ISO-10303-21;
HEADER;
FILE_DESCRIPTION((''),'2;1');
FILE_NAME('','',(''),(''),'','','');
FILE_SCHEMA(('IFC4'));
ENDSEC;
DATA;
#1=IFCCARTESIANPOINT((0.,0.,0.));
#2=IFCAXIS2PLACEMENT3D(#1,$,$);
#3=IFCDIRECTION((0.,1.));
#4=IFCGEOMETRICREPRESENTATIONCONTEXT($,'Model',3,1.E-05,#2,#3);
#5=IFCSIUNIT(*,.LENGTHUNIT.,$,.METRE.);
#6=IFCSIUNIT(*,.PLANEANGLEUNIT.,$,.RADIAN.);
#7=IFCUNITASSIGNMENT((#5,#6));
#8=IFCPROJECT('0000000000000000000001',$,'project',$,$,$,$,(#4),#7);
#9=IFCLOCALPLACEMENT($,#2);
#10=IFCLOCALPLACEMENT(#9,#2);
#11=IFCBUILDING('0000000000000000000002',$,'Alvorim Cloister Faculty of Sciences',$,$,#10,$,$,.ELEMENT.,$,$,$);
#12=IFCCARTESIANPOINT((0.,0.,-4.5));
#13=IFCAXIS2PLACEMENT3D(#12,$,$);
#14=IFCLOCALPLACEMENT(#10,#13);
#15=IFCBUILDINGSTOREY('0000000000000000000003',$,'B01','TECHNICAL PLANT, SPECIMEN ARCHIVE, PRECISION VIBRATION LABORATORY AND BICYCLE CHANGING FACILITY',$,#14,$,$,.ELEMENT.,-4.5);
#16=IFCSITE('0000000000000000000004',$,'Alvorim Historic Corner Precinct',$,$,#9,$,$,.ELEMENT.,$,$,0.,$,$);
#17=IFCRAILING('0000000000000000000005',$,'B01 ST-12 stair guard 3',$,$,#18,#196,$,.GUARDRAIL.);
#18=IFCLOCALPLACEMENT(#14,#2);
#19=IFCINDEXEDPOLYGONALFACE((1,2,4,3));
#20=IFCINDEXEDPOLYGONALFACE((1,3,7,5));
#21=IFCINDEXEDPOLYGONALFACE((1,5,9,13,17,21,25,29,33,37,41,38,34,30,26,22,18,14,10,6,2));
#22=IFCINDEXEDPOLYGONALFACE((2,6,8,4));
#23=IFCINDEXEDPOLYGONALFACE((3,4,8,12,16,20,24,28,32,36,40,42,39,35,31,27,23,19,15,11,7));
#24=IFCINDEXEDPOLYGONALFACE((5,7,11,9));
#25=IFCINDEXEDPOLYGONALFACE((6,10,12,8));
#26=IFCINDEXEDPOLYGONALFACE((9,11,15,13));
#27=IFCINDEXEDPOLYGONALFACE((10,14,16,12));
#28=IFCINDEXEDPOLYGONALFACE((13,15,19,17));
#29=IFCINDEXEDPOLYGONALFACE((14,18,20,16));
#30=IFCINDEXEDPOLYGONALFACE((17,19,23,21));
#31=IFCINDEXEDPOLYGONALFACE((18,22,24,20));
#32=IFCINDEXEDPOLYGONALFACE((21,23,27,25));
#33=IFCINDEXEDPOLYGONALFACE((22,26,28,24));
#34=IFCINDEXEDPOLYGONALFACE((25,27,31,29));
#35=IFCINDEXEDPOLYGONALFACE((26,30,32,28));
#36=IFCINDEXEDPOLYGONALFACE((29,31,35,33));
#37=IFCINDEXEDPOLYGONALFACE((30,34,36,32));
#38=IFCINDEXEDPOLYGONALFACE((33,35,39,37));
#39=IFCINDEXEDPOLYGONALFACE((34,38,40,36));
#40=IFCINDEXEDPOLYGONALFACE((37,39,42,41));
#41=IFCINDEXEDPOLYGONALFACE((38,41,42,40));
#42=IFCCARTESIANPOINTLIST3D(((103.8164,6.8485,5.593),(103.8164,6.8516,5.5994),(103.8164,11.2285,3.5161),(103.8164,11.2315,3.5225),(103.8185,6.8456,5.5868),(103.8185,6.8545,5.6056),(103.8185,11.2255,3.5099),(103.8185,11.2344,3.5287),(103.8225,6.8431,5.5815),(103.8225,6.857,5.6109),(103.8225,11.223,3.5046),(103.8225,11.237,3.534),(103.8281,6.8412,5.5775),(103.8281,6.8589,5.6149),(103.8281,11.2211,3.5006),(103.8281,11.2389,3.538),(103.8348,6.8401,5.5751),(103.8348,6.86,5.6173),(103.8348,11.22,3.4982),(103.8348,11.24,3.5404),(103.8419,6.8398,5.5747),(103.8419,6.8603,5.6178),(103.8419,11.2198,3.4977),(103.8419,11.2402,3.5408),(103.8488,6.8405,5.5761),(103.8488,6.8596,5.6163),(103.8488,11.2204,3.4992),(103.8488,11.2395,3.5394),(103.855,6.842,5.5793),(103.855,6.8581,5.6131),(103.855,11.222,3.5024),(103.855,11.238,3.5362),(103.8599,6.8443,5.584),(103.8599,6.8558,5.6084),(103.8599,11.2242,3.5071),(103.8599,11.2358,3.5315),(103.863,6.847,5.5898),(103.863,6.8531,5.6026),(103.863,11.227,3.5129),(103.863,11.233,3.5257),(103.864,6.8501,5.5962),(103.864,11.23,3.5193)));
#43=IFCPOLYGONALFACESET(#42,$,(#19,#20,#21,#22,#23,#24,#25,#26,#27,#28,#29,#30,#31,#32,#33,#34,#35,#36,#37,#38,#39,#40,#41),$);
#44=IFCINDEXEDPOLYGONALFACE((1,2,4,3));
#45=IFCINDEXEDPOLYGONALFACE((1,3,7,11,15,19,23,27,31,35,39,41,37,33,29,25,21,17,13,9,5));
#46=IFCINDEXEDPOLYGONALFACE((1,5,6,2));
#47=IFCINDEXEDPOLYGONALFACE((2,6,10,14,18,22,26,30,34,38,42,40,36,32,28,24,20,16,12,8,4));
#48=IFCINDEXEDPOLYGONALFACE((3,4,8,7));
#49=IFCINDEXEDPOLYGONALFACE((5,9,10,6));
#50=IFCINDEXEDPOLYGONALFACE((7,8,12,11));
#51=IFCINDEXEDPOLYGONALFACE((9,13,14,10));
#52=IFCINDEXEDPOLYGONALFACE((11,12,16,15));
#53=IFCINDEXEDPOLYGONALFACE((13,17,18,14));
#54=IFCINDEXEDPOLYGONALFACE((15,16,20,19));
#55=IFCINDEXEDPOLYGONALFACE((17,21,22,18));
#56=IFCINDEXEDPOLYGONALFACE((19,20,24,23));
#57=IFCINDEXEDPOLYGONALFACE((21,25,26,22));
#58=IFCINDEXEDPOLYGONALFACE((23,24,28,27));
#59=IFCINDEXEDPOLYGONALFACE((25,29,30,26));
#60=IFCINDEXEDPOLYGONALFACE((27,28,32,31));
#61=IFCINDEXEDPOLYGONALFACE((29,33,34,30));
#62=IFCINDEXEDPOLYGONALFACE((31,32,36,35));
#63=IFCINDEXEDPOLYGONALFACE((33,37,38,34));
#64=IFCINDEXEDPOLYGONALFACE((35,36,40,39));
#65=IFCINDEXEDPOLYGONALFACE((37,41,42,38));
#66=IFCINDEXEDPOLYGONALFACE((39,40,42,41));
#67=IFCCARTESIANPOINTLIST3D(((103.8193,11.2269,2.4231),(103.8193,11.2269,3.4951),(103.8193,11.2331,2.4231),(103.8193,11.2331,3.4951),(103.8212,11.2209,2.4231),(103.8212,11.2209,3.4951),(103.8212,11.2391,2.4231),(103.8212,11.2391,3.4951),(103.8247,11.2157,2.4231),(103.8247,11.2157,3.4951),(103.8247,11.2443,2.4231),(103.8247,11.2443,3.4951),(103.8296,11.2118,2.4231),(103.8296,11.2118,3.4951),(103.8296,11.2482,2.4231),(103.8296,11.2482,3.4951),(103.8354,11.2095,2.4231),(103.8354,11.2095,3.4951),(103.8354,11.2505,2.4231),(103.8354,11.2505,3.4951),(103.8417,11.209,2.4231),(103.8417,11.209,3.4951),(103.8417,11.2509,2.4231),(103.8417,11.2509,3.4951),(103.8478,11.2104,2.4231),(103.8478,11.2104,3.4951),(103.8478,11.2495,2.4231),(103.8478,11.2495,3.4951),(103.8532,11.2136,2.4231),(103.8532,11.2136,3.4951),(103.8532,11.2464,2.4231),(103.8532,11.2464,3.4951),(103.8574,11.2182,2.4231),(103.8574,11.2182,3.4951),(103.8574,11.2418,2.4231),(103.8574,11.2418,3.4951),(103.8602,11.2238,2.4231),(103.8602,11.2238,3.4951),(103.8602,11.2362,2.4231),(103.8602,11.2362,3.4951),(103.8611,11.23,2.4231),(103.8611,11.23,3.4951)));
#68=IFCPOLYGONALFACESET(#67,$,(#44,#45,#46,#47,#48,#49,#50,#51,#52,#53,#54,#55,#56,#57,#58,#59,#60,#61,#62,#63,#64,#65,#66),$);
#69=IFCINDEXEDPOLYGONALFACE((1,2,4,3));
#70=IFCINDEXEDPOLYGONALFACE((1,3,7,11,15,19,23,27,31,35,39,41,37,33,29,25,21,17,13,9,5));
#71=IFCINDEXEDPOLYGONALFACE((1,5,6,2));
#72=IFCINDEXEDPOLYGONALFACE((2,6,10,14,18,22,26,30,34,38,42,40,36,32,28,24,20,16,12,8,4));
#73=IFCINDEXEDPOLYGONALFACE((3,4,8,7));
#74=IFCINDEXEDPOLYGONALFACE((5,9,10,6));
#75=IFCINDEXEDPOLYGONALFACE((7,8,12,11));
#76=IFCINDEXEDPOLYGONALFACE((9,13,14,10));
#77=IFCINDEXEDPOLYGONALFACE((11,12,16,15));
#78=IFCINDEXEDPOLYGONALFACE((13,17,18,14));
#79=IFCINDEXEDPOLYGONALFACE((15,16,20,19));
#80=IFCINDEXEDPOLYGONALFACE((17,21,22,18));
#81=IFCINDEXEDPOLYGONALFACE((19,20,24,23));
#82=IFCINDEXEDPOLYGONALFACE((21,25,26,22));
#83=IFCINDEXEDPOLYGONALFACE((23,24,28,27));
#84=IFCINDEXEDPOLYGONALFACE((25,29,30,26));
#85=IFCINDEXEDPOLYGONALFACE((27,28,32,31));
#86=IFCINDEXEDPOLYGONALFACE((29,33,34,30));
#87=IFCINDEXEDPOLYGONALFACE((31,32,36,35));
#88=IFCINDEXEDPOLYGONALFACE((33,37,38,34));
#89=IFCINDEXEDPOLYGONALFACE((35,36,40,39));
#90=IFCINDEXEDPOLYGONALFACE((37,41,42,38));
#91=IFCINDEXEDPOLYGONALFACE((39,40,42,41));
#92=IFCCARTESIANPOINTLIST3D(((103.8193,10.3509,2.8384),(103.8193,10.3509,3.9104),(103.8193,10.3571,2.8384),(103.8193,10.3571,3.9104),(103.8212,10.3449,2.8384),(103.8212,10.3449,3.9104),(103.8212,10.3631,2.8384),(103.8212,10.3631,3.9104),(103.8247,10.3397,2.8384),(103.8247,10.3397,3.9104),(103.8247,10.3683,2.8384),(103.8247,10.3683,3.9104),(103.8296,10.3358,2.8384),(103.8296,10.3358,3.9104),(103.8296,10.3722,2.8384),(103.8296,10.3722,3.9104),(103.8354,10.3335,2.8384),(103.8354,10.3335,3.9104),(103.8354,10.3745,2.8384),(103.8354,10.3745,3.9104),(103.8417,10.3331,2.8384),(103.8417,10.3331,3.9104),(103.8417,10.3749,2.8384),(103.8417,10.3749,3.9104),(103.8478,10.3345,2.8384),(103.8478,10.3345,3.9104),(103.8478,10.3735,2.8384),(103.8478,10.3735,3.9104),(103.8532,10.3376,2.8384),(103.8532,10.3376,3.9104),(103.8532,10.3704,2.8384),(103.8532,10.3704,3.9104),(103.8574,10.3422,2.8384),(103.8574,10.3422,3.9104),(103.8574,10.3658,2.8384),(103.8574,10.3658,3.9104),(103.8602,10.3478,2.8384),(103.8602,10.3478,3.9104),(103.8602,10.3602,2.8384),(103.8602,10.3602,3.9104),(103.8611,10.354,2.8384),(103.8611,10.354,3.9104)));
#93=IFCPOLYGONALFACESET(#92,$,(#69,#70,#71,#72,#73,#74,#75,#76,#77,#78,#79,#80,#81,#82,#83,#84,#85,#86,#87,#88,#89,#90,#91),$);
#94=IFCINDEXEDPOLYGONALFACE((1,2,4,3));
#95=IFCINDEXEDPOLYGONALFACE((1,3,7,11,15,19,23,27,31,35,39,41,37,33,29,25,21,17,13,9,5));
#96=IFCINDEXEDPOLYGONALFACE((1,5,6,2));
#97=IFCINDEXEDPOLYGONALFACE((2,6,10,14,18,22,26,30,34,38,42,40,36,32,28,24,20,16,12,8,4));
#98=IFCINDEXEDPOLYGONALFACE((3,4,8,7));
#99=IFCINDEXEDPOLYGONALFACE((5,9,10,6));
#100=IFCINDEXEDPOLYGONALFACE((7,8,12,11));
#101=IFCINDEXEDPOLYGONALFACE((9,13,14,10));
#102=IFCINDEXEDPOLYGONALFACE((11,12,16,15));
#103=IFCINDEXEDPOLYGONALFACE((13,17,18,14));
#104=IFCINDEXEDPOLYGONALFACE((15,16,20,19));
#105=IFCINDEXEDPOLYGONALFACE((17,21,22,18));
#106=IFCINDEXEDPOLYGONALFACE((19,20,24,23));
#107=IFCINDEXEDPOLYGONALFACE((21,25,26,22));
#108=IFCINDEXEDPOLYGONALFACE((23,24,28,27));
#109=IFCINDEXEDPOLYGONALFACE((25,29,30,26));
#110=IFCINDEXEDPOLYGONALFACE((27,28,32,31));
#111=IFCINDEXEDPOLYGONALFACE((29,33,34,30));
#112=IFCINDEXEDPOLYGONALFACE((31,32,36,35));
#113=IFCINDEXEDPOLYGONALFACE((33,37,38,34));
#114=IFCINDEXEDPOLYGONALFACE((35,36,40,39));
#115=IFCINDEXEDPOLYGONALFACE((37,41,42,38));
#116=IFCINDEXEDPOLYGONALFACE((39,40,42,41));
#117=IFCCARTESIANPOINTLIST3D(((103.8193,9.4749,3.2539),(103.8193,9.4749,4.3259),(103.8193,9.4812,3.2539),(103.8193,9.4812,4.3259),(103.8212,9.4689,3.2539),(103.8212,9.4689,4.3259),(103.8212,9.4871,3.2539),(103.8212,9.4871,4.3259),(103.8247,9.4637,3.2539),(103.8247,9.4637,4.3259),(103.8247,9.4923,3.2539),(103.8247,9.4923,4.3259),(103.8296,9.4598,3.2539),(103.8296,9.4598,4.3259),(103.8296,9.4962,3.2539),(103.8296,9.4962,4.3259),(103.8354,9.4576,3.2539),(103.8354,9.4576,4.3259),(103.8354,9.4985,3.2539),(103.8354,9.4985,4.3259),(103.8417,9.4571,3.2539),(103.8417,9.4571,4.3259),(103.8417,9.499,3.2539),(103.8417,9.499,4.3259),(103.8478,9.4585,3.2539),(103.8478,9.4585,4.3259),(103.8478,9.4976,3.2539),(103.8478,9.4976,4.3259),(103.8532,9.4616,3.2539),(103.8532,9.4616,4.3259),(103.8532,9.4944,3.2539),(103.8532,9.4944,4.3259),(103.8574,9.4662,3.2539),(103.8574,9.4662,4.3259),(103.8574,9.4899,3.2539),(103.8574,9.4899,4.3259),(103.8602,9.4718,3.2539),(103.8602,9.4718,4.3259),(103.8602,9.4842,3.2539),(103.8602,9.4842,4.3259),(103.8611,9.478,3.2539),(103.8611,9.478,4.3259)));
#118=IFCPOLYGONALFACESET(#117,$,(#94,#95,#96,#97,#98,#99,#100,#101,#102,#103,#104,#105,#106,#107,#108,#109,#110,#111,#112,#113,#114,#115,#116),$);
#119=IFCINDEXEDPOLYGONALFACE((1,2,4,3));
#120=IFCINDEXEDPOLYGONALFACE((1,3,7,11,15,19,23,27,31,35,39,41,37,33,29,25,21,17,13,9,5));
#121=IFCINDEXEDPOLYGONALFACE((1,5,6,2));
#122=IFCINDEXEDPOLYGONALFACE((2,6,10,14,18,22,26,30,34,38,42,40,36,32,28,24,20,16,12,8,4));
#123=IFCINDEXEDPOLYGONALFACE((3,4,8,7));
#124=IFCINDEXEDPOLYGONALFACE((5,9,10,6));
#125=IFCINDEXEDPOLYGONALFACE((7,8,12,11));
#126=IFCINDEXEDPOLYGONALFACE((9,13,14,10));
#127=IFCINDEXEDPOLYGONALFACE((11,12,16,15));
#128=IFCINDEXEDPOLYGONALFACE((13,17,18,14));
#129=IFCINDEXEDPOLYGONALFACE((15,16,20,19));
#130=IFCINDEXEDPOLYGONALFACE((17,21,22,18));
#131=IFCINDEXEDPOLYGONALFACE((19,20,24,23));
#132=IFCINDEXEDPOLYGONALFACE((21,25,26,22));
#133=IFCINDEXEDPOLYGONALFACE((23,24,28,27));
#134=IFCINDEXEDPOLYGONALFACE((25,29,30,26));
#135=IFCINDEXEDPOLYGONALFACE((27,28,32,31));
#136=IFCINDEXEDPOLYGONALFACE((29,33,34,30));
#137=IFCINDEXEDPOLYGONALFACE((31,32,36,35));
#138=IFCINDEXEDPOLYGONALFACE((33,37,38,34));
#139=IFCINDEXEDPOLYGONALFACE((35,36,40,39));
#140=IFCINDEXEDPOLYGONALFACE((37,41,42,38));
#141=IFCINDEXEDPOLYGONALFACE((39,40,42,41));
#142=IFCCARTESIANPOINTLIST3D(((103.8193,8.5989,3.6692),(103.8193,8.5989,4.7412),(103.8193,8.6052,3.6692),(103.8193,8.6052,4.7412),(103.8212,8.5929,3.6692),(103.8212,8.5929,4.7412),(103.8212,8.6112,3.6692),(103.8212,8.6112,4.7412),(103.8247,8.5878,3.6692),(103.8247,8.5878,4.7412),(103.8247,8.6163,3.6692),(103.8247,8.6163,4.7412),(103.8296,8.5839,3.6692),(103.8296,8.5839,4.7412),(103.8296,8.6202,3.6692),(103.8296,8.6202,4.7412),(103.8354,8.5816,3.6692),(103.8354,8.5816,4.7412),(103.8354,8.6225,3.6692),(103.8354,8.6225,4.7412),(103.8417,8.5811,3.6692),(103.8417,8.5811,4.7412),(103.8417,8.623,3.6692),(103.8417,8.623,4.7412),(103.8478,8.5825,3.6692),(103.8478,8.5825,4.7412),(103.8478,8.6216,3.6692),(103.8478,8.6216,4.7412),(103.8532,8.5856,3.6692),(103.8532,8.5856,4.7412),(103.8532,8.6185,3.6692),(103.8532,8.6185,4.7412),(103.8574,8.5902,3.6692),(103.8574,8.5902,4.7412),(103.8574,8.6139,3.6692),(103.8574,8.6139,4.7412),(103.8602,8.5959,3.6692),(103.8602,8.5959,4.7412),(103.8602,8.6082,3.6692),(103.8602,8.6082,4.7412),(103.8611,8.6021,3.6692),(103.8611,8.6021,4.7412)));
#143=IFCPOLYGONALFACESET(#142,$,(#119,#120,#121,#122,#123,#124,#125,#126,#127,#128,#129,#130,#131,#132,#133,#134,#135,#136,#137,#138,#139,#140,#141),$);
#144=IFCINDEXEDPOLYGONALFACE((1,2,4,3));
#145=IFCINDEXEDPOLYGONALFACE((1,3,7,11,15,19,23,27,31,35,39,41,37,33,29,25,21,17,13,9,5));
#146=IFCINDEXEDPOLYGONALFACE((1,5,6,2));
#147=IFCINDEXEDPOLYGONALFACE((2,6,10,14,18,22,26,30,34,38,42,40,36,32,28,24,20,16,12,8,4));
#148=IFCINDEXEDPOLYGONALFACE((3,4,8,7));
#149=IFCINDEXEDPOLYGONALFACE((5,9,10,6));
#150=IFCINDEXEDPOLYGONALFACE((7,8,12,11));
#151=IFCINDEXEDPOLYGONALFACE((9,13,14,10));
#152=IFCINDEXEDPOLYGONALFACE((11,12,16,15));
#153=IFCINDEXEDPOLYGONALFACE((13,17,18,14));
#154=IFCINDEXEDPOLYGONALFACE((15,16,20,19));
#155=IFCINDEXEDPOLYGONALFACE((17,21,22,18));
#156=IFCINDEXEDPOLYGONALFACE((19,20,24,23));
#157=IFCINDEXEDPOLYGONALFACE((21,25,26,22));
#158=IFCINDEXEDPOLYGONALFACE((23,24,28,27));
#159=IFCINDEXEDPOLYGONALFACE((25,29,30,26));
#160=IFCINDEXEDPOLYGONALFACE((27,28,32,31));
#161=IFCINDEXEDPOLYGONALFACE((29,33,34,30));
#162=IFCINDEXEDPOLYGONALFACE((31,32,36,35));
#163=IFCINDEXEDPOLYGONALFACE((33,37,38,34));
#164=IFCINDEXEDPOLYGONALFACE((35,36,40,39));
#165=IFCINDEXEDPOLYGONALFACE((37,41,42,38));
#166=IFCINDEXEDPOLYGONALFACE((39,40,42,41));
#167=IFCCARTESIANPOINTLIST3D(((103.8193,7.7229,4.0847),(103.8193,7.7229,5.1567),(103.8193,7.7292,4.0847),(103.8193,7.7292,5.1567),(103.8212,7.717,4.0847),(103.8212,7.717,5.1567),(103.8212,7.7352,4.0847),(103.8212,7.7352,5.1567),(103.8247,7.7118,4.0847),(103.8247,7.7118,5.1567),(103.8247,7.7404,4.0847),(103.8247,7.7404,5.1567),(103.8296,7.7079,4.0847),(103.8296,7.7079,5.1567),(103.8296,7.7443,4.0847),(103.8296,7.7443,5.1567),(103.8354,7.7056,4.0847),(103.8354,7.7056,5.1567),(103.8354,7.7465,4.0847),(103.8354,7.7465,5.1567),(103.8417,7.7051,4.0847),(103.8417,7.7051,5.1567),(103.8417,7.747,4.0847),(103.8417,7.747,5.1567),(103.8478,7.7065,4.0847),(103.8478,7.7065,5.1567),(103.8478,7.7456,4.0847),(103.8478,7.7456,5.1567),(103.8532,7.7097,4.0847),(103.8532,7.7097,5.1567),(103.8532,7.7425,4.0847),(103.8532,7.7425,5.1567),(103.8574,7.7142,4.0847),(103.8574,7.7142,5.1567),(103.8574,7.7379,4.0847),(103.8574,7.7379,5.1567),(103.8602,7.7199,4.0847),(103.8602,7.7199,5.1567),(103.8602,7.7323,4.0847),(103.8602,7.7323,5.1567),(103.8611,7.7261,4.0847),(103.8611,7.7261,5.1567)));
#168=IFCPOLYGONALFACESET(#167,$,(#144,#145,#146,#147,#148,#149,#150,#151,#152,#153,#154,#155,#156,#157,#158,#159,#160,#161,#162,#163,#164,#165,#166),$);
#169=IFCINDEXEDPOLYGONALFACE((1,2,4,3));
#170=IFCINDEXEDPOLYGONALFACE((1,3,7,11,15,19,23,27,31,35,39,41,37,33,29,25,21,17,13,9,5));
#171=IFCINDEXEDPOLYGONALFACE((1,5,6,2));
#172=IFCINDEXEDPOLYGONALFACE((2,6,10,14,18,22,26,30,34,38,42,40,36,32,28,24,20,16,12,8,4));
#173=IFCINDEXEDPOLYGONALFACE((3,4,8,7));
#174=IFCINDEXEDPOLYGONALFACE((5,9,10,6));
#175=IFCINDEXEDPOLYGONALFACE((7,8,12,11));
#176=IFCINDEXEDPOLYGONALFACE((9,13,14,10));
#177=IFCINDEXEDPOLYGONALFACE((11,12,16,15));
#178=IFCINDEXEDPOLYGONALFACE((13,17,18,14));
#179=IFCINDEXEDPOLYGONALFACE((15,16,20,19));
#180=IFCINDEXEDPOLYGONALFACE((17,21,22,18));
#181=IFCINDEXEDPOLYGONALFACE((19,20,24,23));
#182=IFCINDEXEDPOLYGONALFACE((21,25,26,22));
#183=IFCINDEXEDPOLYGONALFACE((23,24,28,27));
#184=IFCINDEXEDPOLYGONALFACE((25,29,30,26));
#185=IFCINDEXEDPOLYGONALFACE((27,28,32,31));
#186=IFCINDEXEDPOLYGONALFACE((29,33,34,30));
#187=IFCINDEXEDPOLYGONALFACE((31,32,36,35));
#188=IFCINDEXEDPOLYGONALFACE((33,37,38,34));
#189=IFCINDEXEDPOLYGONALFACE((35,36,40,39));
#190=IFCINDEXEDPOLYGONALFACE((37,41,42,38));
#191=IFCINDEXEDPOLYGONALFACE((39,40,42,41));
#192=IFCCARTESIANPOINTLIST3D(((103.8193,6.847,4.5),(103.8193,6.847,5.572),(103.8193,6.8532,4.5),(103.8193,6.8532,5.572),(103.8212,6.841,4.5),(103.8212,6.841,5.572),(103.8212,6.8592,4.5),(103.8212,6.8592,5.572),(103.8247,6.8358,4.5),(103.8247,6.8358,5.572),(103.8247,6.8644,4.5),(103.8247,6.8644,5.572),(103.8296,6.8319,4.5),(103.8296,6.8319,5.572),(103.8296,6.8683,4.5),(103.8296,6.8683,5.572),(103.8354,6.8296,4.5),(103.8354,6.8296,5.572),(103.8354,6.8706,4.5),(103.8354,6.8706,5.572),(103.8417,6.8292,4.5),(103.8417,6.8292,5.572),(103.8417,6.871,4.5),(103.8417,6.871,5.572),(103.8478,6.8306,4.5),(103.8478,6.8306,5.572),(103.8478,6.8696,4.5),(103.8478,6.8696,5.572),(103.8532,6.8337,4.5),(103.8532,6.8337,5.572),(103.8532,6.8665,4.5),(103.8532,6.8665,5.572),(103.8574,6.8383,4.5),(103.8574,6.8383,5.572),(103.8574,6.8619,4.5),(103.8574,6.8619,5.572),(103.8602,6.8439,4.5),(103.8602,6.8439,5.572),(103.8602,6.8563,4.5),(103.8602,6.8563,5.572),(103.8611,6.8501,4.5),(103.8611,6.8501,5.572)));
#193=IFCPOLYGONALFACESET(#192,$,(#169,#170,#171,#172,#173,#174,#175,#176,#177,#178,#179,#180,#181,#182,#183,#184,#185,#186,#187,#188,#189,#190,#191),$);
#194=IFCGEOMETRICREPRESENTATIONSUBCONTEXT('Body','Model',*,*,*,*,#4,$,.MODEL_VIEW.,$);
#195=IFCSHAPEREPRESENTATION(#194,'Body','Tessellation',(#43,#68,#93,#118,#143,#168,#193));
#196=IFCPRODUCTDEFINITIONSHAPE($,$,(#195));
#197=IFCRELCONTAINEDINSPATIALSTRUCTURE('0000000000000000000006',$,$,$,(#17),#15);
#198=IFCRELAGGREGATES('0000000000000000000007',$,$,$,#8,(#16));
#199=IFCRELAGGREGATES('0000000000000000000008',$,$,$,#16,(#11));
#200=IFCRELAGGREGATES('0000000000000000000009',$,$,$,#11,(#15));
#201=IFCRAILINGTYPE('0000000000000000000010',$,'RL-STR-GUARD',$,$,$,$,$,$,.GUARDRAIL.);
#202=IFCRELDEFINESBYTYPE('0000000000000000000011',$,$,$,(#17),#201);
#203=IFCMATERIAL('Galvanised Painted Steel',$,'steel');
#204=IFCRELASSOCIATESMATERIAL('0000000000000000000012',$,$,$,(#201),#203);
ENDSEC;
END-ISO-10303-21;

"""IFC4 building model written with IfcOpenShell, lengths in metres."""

from ifc_helpers import new_model, si_unit, direction, frame, origin, origin_2d, place, context, subcontext, project, spatial, circle, extrude, material, type_object, element, save


model = new_model("IFC4")

# Units and contexts
model_context = context("Model", 3, precision=1e-05, world=origin(), true_north=direction((0.0, 1.0)))
body_context = subcontext(model_context, "Body", "Model", "MODEL_VIEW")
ifc_project = project(units=[si_unit("LENGTHUNIT", "METRE"), si_unit("PLANEANGLEUNIT", "RADIAN")], contexts=[model_context])

# Site, building, storey
site_placement = place(None, origin())
site = spatial("IfcSite", under=ifc_project, at=site_placement, Name="Alvorim Historic Corner Precinct", CompositionType="ELEMENT", RefElevation=0.0)
building_placement = place(site_placement, origin())
building = spatial("IfcBuilding", under=site, at=building_placement, Name="Alvorim Cloister Faculty of Sciences", CompositionType="ELEMENT")
storey_placement = place(building_placement, frame((0.0, 0.0, -4.5)))
storey = spatial("IfcBuildingStorey", under=building, at=storey_placement, Name="B01", Description="TECHNICAL PLANT, SPECIMEN ARCHIVE, PRECISION VIBRATION LABORATORY AND BICYCLE CHANGING FACILITY", CompositionType="ELEMENT", Elevation=-4.5)

# Railing
ifc_material_1 = material(Name="Galvanised Painted Steel", Category="steel")
railing_type_1 = type_object("IfcRailingType", Name="RL-STR-GUARD", PredefinedType="GUARDRAIL", material=ifc_material_1)
railing_1_placement = place(storey_placement, frame((103.8401, 11.23, 2.4231)))
element("IfcRailing", 1, at=railing_1_placement, inside=storey, type_object=railing_type_1, Name="B01 ST-12 stair guard 3", PredefinedType="GUARDRAIL", context=body_context, shape_type="SweptSolid", body=[
    extrude(circle(Radius=0.0239, at=origin_2d()), frame((0.0, 0.0, 1.0962), z_axis=(0.0, -0.90356, 0.428461), x_axis=(1.0, 0.0, 0.0)), (0.0, 0.0, 1.0), 4.8474),
    extrude(circle(Radius=0.021, at=origin_2d()), origin(), (0.0, 0.0, 1.0), 1.072),
    extrude(circle(Radius=0.021, at=origin_2d()), frame((0.0, -0.876, 0.4153)), (0.0, 0.0, 1.0), 1.072),
    extrude(circle(Radius=0.021, at=origin_2d()), frame((0.0, -1.752, 0.8308)), (0.0, 0.0, 1.0), 1.072),
    extrude(circle(Radius=0.021, at=origin_2d()), frame((0.0, -2.6279, 1.2461)), (0.0, 0.0, 1.0), 1.072),
    extrude(circle(Radius=0.021, at=origin_2d()), frame((0.0, -3.5039, 1.6616)), (0.0, 0.0, 1.0), 1.072),
    extrude(circle(Radius=0.021, at=origin_2d()), frame((0.0, -4.3799, 2.0769)), (0.0, 0.0, 1.0), 1.072),
])

save(model, "model.ifc")
